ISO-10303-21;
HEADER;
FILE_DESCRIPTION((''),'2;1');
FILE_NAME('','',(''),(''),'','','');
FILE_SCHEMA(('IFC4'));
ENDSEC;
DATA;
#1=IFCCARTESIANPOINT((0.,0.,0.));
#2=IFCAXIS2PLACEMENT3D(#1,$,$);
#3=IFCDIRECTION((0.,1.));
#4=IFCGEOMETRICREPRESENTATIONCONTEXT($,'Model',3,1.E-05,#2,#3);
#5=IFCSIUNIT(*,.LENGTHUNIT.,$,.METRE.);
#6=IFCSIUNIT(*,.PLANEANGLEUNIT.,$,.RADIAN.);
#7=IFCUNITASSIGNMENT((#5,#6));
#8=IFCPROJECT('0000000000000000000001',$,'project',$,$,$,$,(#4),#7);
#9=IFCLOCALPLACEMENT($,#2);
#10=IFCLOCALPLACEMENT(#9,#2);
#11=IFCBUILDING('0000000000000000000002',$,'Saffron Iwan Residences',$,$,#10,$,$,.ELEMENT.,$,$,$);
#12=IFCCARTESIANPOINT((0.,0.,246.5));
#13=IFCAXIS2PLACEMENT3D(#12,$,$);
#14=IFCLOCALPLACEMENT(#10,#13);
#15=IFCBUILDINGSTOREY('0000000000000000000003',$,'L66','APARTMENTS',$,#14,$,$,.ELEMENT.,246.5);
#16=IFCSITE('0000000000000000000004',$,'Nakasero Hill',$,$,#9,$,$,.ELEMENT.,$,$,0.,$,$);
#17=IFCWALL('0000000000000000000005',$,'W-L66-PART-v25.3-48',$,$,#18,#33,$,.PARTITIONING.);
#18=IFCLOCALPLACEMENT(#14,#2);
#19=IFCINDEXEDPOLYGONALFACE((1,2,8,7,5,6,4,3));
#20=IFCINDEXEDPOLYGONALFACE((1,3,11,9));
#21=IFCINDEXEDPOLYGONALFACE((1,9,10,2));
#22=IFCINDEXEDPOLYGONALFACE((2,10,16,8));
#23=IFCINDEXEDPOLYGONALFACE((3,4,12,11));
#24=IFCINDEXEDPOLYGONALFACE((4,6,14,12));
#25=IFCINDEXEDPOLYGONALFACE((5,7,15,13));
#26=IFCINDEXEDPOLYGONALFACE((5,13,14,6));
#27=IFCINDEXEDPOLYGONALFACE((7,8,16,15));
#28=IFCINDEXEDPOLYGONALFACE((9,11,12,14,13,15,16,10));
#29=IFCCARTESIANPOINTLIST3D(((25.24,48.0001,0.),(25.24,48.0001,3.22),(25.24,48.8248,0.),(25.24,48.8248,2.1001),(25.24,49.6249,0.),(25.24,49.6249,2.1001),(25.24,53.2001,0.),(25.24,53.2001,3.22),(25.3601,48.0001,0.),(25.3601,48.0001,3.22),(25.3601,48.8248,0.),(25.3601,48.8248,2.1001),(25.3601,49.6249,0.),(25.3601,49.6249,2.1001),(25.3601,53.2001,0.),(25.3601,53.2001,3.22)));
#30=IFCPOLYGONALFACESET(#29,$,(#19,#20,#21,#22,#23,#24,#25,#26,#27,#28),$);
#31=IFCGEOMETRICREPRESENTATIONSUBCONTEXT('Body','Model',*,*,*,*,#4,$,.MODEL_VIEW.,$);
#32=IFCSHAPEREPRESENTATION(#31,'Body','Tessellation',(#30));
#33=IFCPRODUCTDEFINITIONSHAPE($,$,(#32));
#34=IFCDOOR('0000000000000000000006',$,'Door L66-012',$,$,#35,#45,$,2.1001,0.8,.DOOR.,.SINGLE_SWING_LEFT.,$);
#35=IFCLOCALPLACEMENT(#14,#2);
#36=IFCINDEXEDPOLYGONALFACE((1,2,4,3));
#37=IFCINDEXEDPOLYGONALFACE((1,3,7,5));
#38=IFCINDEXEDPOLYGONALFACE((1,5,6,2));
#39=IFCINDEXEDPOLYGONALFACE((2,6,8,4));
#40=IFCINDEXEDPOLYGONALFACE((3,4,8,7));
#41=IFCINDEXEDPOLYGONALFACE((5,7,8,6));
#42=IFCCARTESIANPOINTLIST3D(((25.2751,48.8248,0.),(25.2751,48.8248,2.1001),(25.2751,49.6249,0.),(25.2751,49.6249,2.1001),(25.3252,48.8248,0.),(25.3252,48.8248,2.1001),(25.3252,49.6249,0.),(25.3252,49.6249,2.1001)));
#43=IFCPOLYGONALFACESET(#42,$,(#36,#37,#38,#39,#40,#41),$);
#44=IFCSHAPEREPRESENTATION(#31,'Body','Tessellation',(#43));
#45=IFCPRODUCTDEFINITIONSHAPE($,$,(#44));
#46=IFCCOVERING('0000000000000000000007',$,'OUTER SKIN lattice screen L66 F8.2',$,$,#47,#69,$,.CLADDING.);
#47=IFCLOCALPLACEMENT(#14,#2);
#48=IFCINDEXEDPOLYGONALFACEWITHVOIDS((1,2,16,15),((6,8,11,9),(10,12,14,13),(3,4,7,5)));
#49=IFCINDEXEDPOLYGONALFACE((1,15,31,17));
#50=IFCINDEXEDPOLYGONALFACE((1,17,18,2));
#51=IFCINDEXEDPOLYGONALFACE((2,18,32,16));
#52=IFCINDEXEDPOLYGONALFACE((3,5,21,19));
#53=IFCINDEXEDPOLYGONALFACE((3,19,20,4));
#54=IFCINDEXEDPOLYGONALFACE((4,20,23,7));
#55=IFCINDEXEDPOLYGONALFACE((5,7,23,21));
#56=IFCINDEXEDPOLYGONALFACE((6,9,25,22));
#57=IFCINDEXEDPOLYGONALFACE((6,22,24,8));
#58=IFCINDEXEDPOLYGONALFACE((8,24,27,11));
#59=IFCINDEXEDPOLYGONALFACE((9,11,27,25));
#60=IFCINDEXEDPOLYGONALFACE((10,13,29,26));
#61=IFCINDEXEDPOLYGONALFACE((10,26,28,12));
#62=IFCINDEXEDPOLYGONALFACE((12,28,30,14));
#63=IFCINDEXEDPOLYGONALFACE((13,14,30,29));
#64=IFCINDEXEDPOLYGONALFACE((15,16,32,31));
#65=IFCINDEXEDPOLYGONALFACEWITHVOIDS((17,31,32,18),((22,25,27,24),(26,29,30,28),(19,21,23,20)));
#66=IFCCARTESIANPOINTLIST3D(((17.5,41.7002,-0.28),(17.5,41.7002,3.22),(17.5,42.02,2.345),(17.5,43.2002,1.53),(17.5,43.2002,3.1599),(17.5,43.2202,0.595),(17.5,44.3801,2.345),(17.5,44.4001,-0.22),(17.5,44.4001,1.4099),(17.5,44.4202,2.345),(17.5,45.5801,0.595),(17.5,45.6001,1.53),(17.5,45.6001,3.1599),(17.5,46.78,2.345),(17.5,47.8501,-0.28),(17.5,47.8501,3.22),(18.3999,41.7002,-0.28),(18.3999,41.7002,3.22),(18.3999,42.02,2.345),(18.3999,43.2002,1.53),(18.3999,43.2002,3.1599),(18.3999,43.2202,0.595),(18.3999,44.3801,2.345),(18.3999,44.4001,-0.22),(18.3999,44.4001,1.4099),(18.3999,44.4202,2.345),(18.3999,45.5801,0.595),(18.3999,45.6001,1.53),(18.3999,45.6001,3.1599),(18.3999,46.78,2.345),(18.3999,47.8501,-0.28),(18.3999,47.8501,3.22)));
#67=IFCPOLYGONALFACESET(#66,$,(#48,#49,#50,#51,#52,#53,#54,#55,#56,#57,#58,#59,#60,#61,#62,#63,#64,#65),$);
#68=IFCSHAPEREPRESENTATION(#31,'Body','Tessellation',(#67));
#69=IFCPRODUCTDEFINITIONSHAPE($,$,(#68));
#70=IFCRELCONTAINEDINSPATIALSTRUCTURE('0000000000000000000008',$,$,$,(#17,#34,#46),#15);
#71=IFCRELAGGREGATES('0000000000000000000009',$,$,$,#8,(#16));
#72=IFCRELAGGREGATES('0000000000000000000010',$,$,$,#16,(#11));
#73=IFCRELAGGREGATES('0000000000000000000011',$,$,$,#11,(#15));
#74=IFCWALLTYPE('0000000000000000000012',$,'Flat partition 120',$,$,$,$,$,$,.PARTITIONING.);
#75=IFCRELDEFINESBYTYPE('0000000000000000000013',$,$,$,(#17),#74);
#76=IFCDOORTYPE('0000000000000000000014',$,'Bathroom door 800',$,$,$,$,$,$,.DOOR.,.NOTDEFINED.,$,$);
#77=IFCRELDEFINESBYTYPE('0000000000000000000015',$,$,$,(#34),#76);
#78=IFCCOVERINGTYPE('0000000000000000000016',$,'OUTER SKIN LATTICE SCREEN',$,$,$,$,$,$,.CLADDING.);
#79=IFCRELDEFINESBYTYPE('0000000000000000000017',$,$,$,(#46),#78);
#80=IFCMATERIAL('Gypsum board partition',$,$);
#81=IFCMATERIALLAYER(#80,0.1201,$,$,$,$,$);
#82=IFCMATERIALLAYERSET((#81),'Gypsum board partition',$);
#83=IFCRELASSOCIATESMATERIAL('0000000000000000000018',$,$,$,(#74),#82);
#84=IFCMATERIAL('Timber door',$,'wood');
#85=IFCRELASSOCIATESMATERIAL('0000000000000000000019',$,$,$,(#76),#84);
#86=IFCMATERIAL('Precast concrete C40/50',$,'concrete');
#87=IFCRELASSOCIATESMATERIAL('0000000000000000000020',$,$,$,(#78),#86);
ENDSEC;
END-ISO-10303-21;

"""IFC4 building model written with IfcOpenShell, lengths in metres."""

from ifc_helpers import new_model, si_unit, direction, frame, frame_2d, origin, place, context, subcontext, project, spatial, polyline, rectangle, outline, extrude, material, layer, layer_set, type_object, element, fill, save


model = new_model("IFC4")

# Units and contexts
model_context = context("Model", 3, precision=1e-05, world=origin(), true_north=direction((0.0, 1.0)))
body_context = subcontext(model_context, "Body", "Model", "MODEL_VIEW")
ifc_project = project(units=[si_unit("LENGTHUNIT", "METRE"), si_unit("PLANEANGLEUNIT", "RADIAN")], contexts=[model_context])

# Site, building, storey
site_placement = place(None, origin())
site = spatial("IfcSite", under=ifc_project, at=site_placement, Name="Nakasero Hill", CompositionType="ELEMENT", RefElevation=0.0)
building_placement = place(site_placement, origin())
building = spatial("IfcBuilding", under=site, at=building_placement, Name="Saffron Iwan Residences", CompositionType="ELEMENT")
storey_placement = place(building_placement, frame((0.0, 0.0, 246.5)))
storey = spatial("IfcBuildingStorey", under=building, at=storey_placement, Name="L66", Description="APARTMENTS", CompositionType="ELEMENT", Elevation=246.5)

# Shared definitions
ifc_material_1 = material(Name="Gypsum board partition")
ifc_layer_1 = layer(ifc_material_1, 0.1201)
ifc_layer_set_1 = layer_set([ifc_layer_1], Name="Gypsum board partition")
wall_type_1 = type_object("IfcWallType", Name="Flat partition 120", PredefinedType="PARTITIONING", material=ifc_layer_set_1)

# Shared definitions
ifc_material_2 = material(Name="Timber door", Category="wood")
door_type_1 = type_object("IfcDoorType", Name="Bathroom door 800", OperationType="NOTDEFINED", PredefinedType="DOOR", material=ifc_material_2)

# Wall, opening, door
wall_1_placement = place(storey_placement, frame((25.3, 48.0, 0.0), z_axis=(0.0, 0.0, 1.0), x_axis=(0.0, 1.0, 0.0)))
wall_1 = element("IfcWall", 1, at=wall_1_placement, inside=storey, type_object=wall_type_1, Name="W-L66-PART-v25.3-48", PredefinedType="PARTITIONING", context=body_context, shape_type="SweptSolid", body=[
    extrude(rectangle(XDim=5.2, YDim=0.1201, at=frame_2d((2.6001, 0.0))), origin(), (0.0, 0.0, 1.0), 3.22),
])
opening_1_placement = place(wall_1_placement, frame((0.825, 0.0, 0.0)))
opening_1 = element("IfcOpeningElement", 2, at=opening_1_placement, cuts=wall_1, PredefinedType="OPENING", context=body_context, shape_type="SweptSolid", body=[
    extrude(rectangle(XDim=0.8, YDim=2.1001, at=frame_2d((0.3999, 1.05))), frame((0.0, 0.0701, 0.0), z_axis=(0.0, -1.0, 0.0), x_axis=(1.0, 0.0, 0.0)), (0.0, 0.0, 1.0), 0.1401),
])
door_1_placement = place(opening_1_placement, origin())
door_1 = element("IfcDoor", 3, at=door_1_placement, inside=storey, type_object=door_type_1, Name="Door L66-012", OperationType="SINGLE_SWING_LEFT", OverallHeight=2.1001, OverallWidth=0.8, PredefinedType="DOOR", context=body_context, shape_type="SweptSolid", body=[
    extrude(rectangle(XDim=0.8, YDim=2.1001, at=frame_2d((0.3999, 1.05))), frame((0.0, 0.0249, 0.0), z_axis=(0.0, -1.0, 0.0), x_axis=(1.0, 0.0, 0.0)), (0.0, 0.0, 1.0), 0.05),
])
fill(opening_1, door_1)

# Covering
ifc_material_3 = material(Name="Precast concrete C40/50", Category="concrete")
covering_type = type_object("IfcCoveringType", Name="OUTER SKIN LATTICE SCREEN", PredefinedType="CLADDING", material=ifc_material_3)
covering_placement = place(storey_placement, frame((18.3999, 47.8501, -0.28), z_axis=(-1.0, 0.0, 0.0), x_axis=(0.0, -1.0, 0.0)))
element("IfcCovering", 4, at=covering_placement, inside=storey, type_object=covering_type, Name="OUTER SKIN lattice screen L66 F8.2", PredefinedType="CLADDING", context=body_context, shape_type="SweptSolid", body=[
    extrude(outline(polyline([(0.0, 0.0), (6.1499, 0.0), (6.1499, 3.5), (0.0, 3.5), (0.0, 0.0)]), holes=[polyline([(2.27, 0.875), (3.45, 0.0601), (4.6299, 0.875), (3.45, 1.6899), (2.27, 0.875)]), polyline([(1.0701, 2.625), (2.25, 1.8101), (3.4299, 2.625), (2.25, 3.4399), (1.0701, 2.625)]), polyline([(3.47, 2.625), (4.6499, 1.8101), (5.8301, 2.625), (4.6499, 3.4399), (3.47, 2.625)])]), origin(), (0.0, 0.0, 1.0), 0.8999),
])

save(model, "model.ifc")
